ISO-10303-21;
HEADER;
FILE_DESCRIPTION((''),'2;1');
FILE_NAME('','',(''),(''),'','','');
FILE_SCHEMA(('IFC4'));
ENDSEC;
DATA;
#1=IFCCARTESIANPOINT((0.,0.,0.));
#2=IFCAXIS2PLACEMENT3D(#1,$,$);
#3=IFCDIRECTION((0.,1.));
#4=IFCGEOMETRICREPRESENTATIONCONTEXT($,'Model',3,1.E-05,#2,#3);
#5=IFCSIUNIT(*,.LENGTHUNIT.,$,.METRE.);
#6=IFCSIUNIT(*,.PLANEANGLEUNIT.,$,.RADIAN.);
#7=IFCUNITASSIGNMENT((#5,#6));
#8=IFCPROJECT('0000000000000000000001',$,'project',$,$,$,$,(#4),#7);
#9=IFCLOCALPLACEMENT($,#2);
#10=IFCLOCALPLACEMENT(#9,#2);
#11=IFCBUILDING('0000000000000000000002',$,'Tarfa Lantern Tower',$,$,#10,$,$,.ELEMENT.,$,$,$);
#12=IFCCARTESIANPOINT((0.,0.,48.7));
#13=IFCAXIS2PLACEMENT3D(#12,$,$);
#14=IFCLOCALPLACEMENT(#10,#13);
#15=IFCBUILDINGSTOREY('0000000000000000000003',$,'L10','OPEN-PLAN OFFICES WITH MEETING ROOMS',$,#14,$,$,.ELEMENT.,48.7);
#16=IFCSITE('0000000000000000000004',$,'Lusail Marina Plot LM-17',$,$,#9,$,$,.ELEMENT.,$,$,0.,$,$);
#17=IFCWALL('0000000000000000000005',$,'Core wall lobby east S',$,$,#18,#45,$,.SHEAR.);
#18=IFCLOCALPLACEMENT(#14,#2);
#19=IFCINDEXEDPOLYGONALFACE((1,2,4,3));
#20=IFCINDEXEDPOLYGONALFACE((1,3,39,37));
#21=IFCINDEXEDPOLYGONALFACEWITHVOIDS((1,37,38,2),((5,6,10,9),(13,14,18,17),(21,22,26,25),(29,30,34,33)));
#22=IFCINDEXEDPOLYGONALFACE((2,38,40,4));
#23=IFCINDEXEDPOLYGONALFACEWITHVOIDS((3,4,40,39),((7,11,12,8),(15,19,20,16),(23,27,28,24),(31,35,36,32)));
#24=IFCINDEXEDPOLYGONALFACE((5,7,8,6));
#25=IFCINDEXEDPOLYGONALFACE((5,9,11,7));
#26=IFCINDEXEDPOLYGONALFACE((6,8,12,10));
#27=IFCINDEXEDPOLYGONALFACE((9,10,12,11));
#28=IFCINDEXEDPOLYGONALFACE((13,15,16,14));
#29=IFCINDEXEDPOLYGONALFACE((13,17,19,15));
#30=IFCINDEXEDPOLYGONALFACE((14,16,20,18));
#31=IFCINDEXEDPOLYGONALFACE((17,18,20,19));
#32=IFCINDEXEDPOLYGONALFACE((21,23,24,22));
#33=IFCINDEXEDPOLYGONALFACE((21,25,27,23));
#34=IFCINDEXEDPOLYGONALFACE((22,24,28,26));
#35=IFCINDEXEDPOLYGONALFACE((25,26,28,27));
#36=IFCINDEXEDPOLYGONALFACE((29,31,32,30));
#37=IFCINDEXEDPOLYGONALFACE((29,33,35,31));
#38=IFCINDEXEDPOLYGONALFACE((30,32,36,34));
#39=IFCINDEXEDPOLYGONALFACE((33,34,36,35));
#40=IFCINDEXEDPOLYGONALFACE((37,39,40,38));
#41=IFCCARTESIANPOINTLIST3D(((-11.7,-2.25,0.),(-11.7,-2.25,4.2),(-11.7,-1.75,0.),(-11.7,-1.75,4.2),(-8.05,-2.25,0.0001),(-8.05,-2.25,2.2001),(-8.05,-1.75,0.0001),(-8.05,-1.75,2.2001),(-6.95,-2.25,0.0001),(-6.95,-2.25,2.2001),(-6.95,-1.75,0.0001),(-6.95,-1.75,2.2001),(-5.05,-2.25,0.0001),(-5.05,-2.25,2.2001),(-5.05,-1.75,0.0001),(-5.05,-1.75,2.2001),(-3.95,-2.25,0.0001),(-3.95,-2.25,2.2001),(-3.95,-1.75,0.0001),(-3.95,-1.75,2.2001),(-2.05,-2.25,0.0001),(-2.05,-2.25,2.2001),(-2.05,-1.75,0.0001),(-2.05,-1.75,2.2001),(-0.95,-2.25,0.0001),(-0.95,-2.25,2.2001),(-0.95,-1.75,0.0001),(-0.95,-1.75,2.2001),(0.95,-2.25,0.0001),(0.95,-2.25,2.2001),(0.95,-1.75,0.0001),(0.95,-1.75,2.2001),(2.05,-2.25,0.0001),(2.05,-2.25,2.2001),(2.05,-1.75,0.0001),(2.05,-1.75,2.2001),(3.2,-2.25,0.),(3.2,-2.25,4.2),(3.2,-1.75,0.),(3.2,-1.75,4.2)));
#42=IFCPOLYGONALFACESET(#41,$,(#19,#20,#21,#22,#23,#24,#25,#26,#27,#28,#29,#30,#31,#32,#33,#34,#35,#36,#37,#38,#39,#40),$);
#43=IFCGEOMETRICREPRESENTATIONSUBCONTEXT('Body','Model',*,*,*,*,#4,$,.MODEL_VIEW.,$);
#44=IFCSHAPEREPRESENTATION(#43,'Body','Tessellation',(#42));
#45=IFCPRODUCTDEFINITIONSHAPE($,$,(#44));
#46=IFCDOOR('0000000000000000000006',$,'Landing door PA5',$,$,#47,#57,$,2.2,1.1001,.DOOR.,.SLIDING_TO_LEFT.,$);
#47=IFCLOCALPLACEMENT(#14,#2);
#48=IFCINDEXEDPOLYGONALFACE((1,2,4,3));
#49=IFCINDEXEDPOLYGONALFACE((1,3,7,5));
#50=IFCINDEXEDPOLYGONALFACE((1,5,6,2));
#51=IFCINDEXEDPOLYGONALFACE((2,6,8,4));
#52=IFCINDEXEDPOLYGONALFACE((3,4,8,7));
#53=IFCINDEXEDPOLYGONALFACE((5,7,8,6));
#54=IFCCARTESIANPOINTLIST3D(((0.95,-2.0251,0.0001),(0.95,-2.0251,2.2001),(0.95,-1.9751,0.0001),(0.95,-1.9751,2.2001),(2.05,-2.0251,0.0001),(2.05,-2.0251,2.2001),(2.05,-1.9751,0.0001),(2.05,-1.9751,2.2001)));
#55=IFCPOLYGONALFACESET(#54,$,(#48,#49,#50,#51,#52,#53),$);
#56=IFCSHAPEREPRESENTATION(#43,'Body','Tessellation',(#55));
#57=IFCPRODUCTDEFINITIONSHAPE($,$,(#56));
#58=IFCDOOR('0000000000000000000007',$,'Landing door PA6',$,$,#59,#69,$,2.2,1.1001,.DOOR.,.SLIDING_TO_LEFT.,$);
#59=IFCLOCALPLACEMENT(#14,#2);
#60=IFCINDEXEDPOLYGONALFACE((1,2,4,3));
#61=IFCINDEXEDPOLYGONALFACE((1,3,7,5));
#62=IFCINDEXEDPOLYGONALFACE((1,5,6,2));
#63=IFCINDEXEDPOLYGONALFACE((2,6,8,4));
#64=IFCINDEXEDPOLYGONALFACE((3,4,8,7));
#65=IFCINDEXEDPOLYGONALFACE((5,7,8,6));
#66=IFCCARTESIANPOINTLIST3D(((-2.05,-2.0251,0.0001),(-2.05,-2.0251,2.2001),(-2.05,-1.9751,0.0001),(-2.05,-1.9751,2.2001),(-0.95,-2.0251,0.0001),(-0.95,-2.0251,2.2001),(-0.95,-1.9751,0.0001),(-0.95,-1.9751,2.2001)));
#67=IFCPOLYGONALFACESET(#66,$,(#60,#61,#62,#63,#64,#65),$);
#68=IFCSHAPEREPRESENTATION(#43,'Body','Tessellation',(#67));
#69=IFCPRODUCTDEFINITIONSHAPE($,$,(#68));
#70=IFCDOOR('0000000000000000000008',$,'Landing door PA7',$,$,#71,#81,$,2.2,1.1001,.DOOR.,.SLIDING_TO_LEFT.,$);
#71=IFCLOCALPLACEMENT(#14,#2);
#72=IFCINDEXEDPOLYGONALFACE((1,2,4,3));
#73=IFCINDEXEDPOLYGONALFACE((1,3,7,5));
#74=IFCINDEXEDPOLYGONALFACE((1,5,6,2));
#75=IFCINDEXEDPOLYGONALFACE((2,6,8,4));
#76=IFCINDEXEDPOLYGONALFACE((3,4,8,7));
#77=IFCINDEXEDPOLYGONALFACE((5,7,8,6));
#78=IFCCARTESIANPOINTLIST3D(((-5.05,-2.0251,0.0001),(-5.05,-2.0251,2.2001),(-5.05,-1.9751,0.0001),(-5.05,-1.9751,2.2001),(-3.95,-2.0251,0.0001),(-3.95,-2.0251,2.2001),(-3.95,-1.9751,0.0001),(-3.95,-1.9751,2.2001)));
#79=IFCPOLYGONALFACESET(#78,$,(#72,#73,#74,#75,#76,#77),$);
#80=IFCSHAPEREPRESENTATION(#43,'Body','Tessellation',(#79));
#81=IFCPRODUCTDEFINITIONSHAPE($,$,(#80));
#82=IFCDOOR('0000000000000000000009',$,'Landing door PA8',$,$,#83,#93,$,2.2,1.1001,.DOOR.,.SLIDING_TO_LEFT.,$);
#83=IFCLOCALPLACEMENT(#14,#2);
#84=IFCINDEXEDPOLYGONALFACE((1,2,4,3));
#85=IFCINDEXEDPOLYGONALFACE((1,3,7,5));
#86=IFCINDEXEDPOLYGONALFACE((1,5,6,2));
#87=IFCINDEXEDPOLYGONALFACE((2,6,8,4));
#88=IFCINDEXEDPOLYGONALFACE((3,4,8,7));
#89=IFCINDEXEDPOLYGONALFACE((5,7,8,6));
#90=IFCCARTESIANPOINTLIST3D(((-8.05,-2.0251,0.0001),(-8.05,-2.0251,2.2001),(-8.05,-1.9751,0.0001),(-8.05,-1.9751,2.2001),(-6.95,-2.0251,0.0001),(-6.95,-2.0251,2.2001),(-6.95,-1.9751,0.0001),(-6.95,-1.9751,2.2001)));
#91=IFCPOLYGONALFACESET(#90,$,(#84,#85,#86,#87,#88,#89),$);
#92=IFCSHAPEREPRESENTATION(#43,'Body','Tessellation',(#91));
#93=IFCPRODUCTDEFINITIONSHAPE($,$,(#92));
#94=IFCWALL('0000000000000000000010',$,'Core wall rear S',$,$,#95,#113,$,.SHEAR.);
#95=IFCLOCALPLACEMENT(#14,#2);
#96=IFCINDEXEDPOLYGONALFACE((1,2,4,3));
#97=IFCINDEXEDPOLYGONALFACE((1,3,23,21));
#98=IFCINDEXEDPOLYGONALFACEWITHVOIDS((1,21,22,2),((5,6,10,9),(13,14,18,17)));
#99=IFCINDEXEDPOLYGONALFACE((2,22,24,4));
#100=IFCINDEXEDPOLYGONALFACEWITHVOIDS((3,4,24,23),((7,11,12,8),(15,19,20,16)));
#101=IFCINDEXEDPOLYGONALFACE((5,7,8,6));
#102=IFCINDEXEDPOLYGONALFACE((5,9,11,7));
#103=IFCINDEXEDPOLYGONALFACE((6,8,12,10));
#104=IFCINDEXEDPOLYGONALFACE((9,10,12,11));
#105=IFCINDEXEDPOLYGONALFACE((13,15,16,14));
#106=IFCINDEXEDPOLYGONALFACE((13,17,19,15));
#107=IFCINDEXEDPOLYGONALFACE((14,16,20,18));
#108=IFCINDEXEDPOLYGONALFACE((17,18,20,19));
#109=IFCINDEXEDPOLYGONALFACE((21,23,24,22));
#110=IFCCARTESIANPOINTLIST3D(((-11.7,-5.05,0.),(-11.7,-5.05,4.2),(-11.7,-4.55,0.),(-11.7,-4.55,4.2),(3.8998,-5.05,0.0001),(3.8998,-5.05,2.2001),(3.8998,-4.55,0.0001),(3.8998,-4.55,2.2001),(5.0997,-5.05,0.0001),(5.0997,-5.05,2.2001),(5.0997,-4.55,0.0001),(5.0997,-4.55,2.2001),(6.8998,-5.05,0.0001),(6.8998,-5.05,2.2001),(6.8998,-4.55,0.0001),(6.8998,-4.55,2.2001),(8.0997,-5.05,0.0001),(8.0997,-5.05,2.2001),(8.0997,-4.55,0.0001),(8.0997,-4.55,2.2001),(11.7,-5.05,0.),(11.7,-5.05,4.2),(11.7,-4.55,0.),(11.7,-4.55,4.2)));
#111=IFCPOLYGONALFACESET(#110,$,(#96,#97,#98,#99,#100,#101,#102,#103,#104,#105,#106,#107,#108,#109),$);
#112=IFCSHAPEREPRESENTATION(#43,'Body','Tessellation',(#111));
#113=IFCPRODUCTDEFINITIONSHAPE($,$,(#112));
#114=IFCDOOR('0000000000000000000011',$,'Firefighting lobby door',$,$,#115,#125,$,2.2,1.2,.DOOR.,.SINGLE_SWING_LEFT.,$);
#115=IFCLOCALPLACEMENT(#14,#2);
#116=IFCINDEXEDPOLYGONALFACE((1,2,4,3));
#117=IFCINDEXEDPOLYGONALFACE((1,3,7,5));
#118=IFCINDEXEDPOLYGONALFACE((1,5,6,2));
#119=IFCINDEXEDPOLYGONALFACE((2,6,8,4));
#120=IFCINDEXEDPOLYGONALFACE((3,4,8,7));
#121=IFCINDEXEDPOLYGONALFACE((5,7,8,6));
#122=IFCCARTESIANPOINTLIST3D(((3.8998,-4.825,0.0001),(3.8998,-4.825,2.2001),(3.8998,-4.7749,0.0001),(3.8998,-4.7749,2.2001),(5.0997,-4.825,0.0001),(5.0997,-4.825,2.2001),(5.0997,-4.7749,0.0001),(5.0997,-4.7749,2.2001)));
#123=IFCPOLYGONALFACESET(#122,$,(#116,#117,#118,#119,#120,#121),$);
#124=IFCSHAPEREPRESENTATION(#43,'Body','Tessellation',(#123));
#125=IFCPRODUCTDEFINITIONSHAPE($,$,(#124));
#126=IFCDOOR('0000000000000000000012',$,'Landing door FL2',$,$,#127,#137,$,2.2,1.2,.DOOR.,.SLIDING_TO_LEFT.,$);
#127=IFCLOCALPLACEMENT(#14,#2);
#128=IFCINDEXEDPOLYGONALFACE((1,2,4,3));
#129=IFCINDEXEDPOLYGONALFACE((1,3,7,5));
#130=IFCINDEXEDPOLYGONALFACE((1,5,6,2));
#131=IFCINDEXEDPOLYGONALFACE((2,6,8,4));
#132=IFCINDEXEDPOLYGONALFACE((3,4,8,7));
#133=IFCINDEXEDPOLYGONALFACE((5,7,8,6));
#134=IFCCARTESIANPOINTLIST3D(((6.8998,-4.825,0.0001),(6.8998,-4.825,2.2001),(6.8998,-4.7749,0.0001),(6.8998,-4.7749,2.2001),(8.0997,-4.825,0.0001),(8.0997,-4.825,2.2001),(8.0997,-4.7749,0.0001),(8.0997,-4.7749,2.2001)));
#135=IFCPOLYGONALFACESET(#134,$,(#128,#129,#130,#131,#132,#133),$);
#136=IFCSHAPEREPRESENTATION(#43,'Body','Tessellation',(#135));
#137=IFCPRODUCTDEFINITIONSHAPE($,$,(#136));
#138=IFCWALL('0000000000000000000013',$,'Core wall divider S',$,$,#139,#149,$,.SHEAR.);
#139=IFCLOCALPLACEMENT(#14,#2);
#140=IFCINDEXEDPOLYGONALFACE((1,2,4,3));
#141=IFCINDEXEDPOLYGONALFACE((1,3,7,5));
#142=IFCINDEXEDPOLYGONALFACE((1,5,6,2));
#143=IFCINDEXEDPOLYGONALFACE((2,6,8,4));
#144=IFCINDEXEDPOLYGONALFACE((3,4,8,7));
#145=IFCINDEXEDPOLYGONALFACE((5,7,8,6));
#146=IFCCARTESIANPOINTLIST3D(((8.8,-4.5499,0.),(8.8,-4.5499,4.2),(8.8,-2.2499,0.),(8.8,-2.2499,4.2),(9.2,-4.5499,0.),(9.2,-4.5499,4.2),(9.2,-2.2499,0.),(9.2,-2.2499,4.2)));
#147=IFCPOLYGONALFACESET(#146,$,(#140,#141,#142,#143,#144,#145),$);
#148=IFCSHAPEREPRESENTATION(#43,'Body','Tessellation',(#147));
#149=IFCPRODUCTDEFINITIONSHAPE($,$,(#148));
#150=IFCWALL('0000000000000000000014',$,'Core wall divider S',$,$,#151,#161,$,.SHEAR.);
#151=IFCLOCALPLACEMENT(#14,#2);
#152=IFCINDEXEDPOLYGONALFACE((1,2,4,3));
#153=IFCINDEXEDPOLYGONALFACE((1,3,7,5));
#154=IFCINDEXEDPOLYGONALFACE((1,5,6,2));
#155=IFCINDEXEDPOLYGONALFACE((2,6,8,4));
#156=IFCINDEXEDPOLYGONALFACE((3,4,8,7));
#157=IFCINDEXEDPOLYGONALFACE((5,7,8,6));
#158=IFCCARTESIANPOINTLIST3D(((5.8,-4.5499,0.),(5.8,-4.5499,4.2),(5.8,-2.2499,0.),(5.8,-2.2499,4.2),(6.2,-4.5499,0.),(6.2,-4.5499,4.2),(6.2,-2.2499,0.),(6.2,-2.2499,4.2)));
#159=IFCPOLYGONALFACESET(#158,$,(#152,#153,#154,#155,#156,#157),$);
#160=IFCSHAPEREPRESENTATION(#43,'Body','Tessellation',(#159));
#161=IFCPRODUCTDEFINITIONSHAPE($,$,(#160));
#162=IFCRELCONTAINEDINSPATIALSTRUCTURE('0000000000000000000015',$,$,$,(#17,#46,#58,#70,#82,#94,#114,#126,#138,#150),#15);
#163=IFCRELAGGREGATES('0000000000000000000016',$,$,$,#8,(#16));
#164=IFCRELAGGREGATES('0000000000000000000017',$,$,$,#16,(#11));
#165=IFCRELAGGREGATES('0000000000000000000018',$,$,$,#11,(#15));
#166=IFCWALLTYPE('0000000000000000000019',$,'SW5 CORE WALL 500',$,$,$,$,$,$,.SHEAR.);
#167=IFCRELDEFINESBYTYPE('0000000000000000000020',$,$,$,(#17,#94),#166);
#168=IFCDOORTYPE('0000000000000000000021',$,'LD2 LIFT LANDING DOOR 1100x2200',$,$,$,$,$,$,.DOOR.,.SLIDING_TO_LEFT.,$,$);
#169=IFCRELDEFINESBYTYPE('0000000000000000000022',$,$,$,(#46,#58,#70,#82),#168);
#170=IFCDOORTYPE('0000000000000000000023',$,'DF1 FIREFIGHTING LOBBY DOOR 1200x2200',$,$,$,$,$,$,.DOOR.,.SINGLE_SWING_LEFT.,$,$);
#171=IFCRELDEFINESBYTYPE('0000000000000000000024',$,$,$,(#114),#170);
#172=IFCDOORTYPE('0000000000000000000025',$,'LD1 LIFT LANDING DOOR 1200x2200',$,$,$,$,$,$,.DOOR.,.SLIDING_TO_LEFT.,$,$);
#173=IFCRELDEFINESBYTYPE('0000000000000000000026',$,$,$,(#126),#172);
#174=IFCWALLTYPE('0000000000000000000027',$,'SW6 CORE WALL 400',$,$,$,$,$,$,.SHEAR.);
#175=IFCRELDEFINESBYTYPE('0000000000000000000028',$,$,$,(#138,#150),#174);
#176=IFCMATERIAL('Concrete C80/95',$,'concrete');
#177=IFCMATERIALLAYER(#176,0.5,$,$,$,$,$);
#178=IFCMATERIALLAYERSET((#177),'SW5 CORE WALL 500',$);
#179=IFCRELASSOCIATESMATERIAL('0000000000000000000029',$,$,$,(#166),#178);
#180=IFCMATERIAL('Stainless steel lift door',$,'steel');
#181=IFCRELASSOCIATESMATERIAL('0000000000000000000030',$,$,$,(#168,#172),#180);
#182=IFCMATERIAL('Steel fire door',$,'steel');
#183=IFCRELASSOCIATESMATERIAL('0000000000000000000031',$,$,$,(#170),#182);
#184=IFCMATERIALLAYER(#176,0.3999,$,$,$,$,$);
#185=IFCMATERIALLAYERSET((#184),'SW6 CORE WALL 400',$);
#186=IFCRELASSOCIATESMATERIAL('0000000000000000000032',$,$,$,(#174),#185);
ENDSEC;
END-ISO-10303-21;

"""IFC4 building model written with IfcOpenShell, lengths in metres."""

from ifc_helpers import new_model, si_unit, direction, frame, frame_2d, origin, place, context, subcontext, project, spatial, rectangle, extrude, material, layer, layer_set, type_object, element, fill, save


model = new_model("IFC4")

# Units and contexts
model_context = context("Model", 3, precision=1e-05, world=origin(), true_north=direction((0.0, 1.0)))
body_context = subcontext(model_context, "Body", "Model", "MODEL_VIEW")
ifc_project = project(units=[si_unit("LENGTHUNIT", "METRE"), si_unit("PLANEANGLEUNIT", "RADIAN")], contexts=[model_context])

# Site, building, storey
site_placement = place(None, origin())
site = spatial("IfcSite", under=ifc_project, at=site_placement, Name="Lusail Marina Plot LM-17", CompositionType="ELEMENT", RefElevation=0.0)
building_placement = place(site_placement, origin())
building = spatial("IfcBuilding", under=site, at=building_placement, Name="Tarfa Lantern Tower", CompositionType="ELEMENT")
storey_placement = place(building_placement, frame((0.0, 0.0, 48.7)))
storey = spatial("IfcBuildingStorey", under=building, at=storey_placement, Name="L10", Description="OPEN-PLAN OFFICES WITH MEETING ROOMS", CompositionType="ELEMENT", Elevation=48.7)

# Shared definitions
ifc_material_1 = material(Name="Concrete C80/95", Category="concrete")

# Shared definitions
ifc_material_2 = material(Name="Steel fire door", Category="steel")

# Shared definitions
ifc_layer_1 = layer(ifc_material_1, 0.5)
ifc_layer_set_1 = layer_set([ifc_layer_1], Name="SW5 CORE WALL 500")
wall_type_1 = type_object("IfcWallType", Name="SW5 CORE WALL 500", PredefinedType="SHEAR", material=ifc_layer_set_1)

# Walls, openings, doors
wall_1_placement = place(storey_placement, frame((3.2, -2.0, 0.0), z_axis=(0.0, 0.0, 1.0), x_axis=(-1.0, 0.0, 0.0)))
wall_1 = element("IfcWall", 1, at=wall_1_placement, inside=storey, type_object=wall_type_1, Name="Core wall lobby east S", PredefinedType="SHEAR", context=body_context, shape_type="SweptSolid", body=[
    extrude(rectangle(XDim=14.8999, YDim=0.5, at=frame_2d((7.45, 0.0))), origin(), (0.0, 0.0, 1.0), 4.2),
])
opening_1_placement = place(wall_1_placement, frame((1.1499, 0.0, 0.0)))
opening_1 = element("IfcOpeningElement", 2, at=opening_1_placement, cuts=wall_1, PredefinedType="OPENING", context=body_context, shape_type="SweptSolid", body=[
    extrude(rectangle(XDim=1.1001, YDim=2.2, at=frame_2d((0.55, 1.1001))), frame((0.0, 0.26, 0.0), z_axis=(0.0, -1.0, 0.0), x_axis=(1.0, 0.0, 0.0)), (0.0, 0.0, 1.0), 0.52),
])
opening_2_placement = place(wall_1_placement, frame((4.1499, 0.0, 0.0)))
opening_2 = element("IfcOpeningElement", 3, at=opening_2_placement, cuts=wall_1, PredefinedType="OPENING", context=body_context, shape_type="SweptSolid", body=[
    extrude(rectangle(XDim=1.1001, YDim=2.2, at=frame_2d((0.55, 1.1001))), frame((0.0, 0.26, 0.0), z_axis=(0.0, -1.0, 0.0), x_axis=(1.0, 0.0, 0.0)), (0.0, 0.0, 1.0), 0.52),
])
opening_3_placement = place(wall_1_placement, frame((7.1499, 0.0, 0.0)))
opening_3 = element("IfcOpeningElement", 4, at=opening_3_placement, cuts=wall_1, PredefinedType="OPENING", context=body_context, shape_type="SweptSolid", body=[
    extrude(rectangle(XDim=1.1001, YDim=2.2, at=frame_2d((0.55, 1.1001))), frame((0.0, 0.26, 0.0), z_axis=(0.0, -1.0, 0.0), x_axis=(1.0, 0.0, 0.0)), (0.0, 0.0, 1.0), 0.52),
])
opening_4_placement = place(wall_1_placement, frame((10.1499, 0.0, 0.0)))
opening_4 = element("IfcOpeningElement", 5, at=opening_4_placement, cuts=wall_1, PredefinedType="OPENING", context=body_context, shape_type="SweptSolid", body=[
    extrude(rectangle(XDim=1.1001, YDim=2.2, at=frame_2d((0.55, 1.1001))), frame((0.0, 0.26, 0.0), z_axis=(0.0, -1.0, 0.0), x_axis=(1.0, 0.0, 0.0)), (0.0, 0.0, 1.0), 0.52),
])
ifc_material_3 = material(Name="Stainless steel lift door", Category="steel")
door_type_1 = type_object("IfcDoorType", Name="LD2 LIFT LANDING DOOR 1100x2200", OperationType="SLIDING_TO_LEFT", PredefinedType="DOOR", material=ifc_material_3)
door_1_placement = place(opening_1_placement, frame((1.1001, 0.0, 0.0), z_axis=(0.0, 0.0, 1.0), x_axis=(-1.0, 0.0, 0.0)))
door_1 = element("IfcDoor", 6, at=door_1_placement, inside=storey, type_object=door_type_1, Name="Landing door PA5", OperationType="SLIDING_TO_LEFT", OverallHeight=2.2, OverallWidth=1.1001, PredefinedType="DOOR", context=body_context, shape_type="SweptSolid", body=[
    extrude(rectangle(XDim=1.1001, YDim=2.2, at=frame_2d((0.55, 1.1001))), frame((0.0, 0.0249, 0.0), z_axis=(0.0, -1.0, 0.0), x_axis=(1.0, 0.0, 0.0)), (0.0, 0.0, 1.0), 0.05),
])
fill(opening_1, door_1)
door_2_placement = place(opening_2_placement, frame((1.1001, 0.0, 0.0), z_axis=(0.0, 0.0, 1.0), x_axis=(-1.0, 0.0, 0.0)))
door_2 = element("IfcDoor", 7, at=door_2_placement, inside=storey, type_object=door_type_1, Name="Landing door PA6", OperationType="SLIDING_TO_LEFT", OverallHeight=2.2, OverallWidth=1.1001, PredefinedType="DOOR", context=body_context, shape_type="SweptSolid", body=[
    extrude(rectangle(XDim=1.1001, YDim=2.2, at=frame_2d((0.55, 1.1001))), frame((0.0, 0.0249, 0.0), z_axis=(0.0, -1.0, 0.0), x_axis=(1.0, 0.0, 0.0)), (0.0, 0.0, 1.0), 0.05),
])
fill(opening_2, door_2)
door_3_placement = place(opening_3_placement, frame((1.1001, 0.0, 0.0), z_axis=(0.0, 0.0, 1.0), x_axis=(-1.0, 0.0, 0.0)))
door_3 = element("IfcDoor", 8, at=door_3_placement, inside=storey, type_object=door_type_1, Name="Landing door PA7", OperationType="SLIDING_TO_LEFT", OverallHeight=2.2, OverallWidth=1.1001, PredefinedType="DOOR", context=body_context, shape_type="SweptSolid", body=[
    extrude(rectangle(XDim=1.1001, YDim=2.2, at=frame_2d((0.55, 1.1001))), frame((0.0, 0.0249, 0.0), z_axis=(0.0, -1.0, 0.0), x_axis=(1.0, 0.0, 0.0)), (0.0, 0.0, 1.0), 0.05),
])
fill(opening_3, door_3)
door_4_placement = place(opening_4_placement, frame((1.1001, 0.0, 0.0), z_axis=(0.0, 0.0, 1.0), x_axis=(-1.0, 0.0, 0.0)))
door_4 = element("IfcDoor", 9, at=door_4_placement, inside=storey, type_object=door_type_1, Name="Landing door PA8", OperationType="SLIDING_TO_LEFT", OverallHeight=2.2, OverallWidth=1.1001, PredefinedType="DOOR", context=body_context, shape_type="SweptSolid", body=[
    extrude(rectangle(XDim=1.1001, YDim=2.2, at=frame_2d((0.55, 1.1001))), frame((0.0, 0.0249, 0.0), z_axis=(0.0, -1.0, 0.0), x_axis=(1.0, 0.0, 0.0)), (0.0, 0.0, 1.0), 0.05),
])
fill(opening_4, door_4)
wall_2_placement = place(storey_placement, frame((11.7, -4.8, 0.0), z_axis=(0.0, 0.0, 1.0), x_axis=(-1.0, 0.0, 0.0)))
wall_2 = element("IfcWall", 10, at=wall_2_placement, inside=storey, type_object=wall_type_1, Name="Core wall rear S", PredefinedType="SHEAR", context=body_context, shape_type="SweptSolid", body=[
    extrude(rectangle(XDim=23.3999, YDim=0.5, at=frame_2d((11.7, 0.0))), origin(), (0.0, 0.0, 1.0), 4.2),
])
opening_5_placement = place(wall_2_placement, frame((6.6001, 0.0, 0.0)))
opening_5 = element("IfcOpeningElement", 11, at=opening_5_placement, cuts=wall_2, PredefinedType="OPENING", context=body_context, shape_type="SweptSolid", body=[
    extrude(rectangle(XDim=1.2, YDim=2.2, at=frame_2d((0.6001, 1.1001))), frame((0.0, 0.26, 0.0), z_axis=(0.0, -1.0, 0.0), x_axis=(1.0, 0.0, 0.0)), (0.0, 0.0, 1.0), 0.52),
])
opening_6_placement = place(wall_2_placement, frame((3.6001, 0.0, 0.0)))
opening_6 = element("IfcOpeningElement", 12, at=opening_6_placement, cuts=wall_2, PredefinedType="OPENING", context=body_context, shape_type="SweptSolid", body=[
    extrude(rectangle(XDim=1.2, YDim=2.2, at=frame_2d((0.6001, 1.1001))), frame((0.0, 0.26, 0.0), z_axis=(0.0, -1.0, 0.0), x_axis=(1.0, 0.0, 0.0)), (0.0, 0.0, 1.0), 0.52),
])
door_type_2 = type_object("IfcDoorType", Name="DF1 FIREFIGHTING LOBBY DOOR 1200x2200", OperationType="SINGLE_SWING_LEFT", PredefinedType="DOOR", material=ifc_material_2)
door_5_placement = place(opening_5_placement, origin())
door_5 = element("IfcDoor", 13, at=door_5_placement, inside=storey, type_object=door_type_2, Name="Firefighting lobby door", OperationType="SINGLE_SWING_LEFT", OverallHeight=2.2, OverallWidth=1.2, PredefinedType="DOOR", context=body_context, shape_type="SweptSolid", body=[
    extrude(rectangle(XDim=1.2, YDim=2.2, at=frame_2d((0.6001, 1.1001))), frame((0.0, 0.0249, 0.0), z_axis=(0.0, -1.0, 0.0), x_axis=(1.0, 0.0, 0.0)), (0.0, 0.0, 1.0), 0.05),
])
fill(opening_5, door_5)
door_type_3 = type_object("IfcDoorType", Name="LD1 LIFT LANDING DOOR 1200x2200", OperationType="SLIDING_TO_LEFT", PredefinedType="DOOR", material=ifc_material_3)
door_6_placement = place(opening_6_placement, origin())
door_6 = element("IfcDoor", 14, at=door_6_placement, inside=storey, type_object=door_type_3, Name="Landing door FL2", OperationType="SLIDING_TO_LEFT", OverallHeight=2.2, OverallWidth=1.2, PredefinedType="DOOR", context=body_context, shape_type="SweptSolid", body=[
    extrude(rectangle(XDim=1.2, YDim=2.2, at=frame_2d((0.6001, 1.1001))), frame((0.0, 0.0249, 0.0), z_axis=(0.0, -1.0, 0.0), x_axis=(1.0, 0.0, 0.0)), (0.0, 0.0, 1.0), 0.05),
])
fill(opening_6, door_6)

# Walls
ifc_layer_2 = layer(ifc_material_1, 0.3999)
ifc_layer_set_2 = layer_set([ifc_layer_2], Name="SW6 CORE WALL 400")
wall_type_2 = type_object("IfcWallType", Name="SW6 CORE WALL 400", PredefinedType="SHEAR", material=ifc_layer_set_2)
for number, where, z_axis, x_axis, name in (
    (15, (9.0, -2.25, 0.0), (0.0, 0.0, 1.0), (0.0, -1.0, 0.0), "Core wall divider S"),
    (16, (6.0, -2.25, 0.0), (0.0, 0.0, 1.0), (0.0, -1.0, 0.0), "Core wall divider S"),
):
    element("IfcWall", number, at=place(storey_placement, frame(where, z_axis=z_axis, x_axis=x_axis)), inside=storey, type_object=wall_type_2, Name=name, PredefinedType="SHEAR", context=body_context, shape_type="SweptSolid", body=[
        extrude(rectangle(XDim=2.3, YDim=0.3999, at=frame_2d((1.1499, 0.0))), origin(), (0.0, 0.0, 1.0), 4.2),
    ])

save(model, "model.ifc")
